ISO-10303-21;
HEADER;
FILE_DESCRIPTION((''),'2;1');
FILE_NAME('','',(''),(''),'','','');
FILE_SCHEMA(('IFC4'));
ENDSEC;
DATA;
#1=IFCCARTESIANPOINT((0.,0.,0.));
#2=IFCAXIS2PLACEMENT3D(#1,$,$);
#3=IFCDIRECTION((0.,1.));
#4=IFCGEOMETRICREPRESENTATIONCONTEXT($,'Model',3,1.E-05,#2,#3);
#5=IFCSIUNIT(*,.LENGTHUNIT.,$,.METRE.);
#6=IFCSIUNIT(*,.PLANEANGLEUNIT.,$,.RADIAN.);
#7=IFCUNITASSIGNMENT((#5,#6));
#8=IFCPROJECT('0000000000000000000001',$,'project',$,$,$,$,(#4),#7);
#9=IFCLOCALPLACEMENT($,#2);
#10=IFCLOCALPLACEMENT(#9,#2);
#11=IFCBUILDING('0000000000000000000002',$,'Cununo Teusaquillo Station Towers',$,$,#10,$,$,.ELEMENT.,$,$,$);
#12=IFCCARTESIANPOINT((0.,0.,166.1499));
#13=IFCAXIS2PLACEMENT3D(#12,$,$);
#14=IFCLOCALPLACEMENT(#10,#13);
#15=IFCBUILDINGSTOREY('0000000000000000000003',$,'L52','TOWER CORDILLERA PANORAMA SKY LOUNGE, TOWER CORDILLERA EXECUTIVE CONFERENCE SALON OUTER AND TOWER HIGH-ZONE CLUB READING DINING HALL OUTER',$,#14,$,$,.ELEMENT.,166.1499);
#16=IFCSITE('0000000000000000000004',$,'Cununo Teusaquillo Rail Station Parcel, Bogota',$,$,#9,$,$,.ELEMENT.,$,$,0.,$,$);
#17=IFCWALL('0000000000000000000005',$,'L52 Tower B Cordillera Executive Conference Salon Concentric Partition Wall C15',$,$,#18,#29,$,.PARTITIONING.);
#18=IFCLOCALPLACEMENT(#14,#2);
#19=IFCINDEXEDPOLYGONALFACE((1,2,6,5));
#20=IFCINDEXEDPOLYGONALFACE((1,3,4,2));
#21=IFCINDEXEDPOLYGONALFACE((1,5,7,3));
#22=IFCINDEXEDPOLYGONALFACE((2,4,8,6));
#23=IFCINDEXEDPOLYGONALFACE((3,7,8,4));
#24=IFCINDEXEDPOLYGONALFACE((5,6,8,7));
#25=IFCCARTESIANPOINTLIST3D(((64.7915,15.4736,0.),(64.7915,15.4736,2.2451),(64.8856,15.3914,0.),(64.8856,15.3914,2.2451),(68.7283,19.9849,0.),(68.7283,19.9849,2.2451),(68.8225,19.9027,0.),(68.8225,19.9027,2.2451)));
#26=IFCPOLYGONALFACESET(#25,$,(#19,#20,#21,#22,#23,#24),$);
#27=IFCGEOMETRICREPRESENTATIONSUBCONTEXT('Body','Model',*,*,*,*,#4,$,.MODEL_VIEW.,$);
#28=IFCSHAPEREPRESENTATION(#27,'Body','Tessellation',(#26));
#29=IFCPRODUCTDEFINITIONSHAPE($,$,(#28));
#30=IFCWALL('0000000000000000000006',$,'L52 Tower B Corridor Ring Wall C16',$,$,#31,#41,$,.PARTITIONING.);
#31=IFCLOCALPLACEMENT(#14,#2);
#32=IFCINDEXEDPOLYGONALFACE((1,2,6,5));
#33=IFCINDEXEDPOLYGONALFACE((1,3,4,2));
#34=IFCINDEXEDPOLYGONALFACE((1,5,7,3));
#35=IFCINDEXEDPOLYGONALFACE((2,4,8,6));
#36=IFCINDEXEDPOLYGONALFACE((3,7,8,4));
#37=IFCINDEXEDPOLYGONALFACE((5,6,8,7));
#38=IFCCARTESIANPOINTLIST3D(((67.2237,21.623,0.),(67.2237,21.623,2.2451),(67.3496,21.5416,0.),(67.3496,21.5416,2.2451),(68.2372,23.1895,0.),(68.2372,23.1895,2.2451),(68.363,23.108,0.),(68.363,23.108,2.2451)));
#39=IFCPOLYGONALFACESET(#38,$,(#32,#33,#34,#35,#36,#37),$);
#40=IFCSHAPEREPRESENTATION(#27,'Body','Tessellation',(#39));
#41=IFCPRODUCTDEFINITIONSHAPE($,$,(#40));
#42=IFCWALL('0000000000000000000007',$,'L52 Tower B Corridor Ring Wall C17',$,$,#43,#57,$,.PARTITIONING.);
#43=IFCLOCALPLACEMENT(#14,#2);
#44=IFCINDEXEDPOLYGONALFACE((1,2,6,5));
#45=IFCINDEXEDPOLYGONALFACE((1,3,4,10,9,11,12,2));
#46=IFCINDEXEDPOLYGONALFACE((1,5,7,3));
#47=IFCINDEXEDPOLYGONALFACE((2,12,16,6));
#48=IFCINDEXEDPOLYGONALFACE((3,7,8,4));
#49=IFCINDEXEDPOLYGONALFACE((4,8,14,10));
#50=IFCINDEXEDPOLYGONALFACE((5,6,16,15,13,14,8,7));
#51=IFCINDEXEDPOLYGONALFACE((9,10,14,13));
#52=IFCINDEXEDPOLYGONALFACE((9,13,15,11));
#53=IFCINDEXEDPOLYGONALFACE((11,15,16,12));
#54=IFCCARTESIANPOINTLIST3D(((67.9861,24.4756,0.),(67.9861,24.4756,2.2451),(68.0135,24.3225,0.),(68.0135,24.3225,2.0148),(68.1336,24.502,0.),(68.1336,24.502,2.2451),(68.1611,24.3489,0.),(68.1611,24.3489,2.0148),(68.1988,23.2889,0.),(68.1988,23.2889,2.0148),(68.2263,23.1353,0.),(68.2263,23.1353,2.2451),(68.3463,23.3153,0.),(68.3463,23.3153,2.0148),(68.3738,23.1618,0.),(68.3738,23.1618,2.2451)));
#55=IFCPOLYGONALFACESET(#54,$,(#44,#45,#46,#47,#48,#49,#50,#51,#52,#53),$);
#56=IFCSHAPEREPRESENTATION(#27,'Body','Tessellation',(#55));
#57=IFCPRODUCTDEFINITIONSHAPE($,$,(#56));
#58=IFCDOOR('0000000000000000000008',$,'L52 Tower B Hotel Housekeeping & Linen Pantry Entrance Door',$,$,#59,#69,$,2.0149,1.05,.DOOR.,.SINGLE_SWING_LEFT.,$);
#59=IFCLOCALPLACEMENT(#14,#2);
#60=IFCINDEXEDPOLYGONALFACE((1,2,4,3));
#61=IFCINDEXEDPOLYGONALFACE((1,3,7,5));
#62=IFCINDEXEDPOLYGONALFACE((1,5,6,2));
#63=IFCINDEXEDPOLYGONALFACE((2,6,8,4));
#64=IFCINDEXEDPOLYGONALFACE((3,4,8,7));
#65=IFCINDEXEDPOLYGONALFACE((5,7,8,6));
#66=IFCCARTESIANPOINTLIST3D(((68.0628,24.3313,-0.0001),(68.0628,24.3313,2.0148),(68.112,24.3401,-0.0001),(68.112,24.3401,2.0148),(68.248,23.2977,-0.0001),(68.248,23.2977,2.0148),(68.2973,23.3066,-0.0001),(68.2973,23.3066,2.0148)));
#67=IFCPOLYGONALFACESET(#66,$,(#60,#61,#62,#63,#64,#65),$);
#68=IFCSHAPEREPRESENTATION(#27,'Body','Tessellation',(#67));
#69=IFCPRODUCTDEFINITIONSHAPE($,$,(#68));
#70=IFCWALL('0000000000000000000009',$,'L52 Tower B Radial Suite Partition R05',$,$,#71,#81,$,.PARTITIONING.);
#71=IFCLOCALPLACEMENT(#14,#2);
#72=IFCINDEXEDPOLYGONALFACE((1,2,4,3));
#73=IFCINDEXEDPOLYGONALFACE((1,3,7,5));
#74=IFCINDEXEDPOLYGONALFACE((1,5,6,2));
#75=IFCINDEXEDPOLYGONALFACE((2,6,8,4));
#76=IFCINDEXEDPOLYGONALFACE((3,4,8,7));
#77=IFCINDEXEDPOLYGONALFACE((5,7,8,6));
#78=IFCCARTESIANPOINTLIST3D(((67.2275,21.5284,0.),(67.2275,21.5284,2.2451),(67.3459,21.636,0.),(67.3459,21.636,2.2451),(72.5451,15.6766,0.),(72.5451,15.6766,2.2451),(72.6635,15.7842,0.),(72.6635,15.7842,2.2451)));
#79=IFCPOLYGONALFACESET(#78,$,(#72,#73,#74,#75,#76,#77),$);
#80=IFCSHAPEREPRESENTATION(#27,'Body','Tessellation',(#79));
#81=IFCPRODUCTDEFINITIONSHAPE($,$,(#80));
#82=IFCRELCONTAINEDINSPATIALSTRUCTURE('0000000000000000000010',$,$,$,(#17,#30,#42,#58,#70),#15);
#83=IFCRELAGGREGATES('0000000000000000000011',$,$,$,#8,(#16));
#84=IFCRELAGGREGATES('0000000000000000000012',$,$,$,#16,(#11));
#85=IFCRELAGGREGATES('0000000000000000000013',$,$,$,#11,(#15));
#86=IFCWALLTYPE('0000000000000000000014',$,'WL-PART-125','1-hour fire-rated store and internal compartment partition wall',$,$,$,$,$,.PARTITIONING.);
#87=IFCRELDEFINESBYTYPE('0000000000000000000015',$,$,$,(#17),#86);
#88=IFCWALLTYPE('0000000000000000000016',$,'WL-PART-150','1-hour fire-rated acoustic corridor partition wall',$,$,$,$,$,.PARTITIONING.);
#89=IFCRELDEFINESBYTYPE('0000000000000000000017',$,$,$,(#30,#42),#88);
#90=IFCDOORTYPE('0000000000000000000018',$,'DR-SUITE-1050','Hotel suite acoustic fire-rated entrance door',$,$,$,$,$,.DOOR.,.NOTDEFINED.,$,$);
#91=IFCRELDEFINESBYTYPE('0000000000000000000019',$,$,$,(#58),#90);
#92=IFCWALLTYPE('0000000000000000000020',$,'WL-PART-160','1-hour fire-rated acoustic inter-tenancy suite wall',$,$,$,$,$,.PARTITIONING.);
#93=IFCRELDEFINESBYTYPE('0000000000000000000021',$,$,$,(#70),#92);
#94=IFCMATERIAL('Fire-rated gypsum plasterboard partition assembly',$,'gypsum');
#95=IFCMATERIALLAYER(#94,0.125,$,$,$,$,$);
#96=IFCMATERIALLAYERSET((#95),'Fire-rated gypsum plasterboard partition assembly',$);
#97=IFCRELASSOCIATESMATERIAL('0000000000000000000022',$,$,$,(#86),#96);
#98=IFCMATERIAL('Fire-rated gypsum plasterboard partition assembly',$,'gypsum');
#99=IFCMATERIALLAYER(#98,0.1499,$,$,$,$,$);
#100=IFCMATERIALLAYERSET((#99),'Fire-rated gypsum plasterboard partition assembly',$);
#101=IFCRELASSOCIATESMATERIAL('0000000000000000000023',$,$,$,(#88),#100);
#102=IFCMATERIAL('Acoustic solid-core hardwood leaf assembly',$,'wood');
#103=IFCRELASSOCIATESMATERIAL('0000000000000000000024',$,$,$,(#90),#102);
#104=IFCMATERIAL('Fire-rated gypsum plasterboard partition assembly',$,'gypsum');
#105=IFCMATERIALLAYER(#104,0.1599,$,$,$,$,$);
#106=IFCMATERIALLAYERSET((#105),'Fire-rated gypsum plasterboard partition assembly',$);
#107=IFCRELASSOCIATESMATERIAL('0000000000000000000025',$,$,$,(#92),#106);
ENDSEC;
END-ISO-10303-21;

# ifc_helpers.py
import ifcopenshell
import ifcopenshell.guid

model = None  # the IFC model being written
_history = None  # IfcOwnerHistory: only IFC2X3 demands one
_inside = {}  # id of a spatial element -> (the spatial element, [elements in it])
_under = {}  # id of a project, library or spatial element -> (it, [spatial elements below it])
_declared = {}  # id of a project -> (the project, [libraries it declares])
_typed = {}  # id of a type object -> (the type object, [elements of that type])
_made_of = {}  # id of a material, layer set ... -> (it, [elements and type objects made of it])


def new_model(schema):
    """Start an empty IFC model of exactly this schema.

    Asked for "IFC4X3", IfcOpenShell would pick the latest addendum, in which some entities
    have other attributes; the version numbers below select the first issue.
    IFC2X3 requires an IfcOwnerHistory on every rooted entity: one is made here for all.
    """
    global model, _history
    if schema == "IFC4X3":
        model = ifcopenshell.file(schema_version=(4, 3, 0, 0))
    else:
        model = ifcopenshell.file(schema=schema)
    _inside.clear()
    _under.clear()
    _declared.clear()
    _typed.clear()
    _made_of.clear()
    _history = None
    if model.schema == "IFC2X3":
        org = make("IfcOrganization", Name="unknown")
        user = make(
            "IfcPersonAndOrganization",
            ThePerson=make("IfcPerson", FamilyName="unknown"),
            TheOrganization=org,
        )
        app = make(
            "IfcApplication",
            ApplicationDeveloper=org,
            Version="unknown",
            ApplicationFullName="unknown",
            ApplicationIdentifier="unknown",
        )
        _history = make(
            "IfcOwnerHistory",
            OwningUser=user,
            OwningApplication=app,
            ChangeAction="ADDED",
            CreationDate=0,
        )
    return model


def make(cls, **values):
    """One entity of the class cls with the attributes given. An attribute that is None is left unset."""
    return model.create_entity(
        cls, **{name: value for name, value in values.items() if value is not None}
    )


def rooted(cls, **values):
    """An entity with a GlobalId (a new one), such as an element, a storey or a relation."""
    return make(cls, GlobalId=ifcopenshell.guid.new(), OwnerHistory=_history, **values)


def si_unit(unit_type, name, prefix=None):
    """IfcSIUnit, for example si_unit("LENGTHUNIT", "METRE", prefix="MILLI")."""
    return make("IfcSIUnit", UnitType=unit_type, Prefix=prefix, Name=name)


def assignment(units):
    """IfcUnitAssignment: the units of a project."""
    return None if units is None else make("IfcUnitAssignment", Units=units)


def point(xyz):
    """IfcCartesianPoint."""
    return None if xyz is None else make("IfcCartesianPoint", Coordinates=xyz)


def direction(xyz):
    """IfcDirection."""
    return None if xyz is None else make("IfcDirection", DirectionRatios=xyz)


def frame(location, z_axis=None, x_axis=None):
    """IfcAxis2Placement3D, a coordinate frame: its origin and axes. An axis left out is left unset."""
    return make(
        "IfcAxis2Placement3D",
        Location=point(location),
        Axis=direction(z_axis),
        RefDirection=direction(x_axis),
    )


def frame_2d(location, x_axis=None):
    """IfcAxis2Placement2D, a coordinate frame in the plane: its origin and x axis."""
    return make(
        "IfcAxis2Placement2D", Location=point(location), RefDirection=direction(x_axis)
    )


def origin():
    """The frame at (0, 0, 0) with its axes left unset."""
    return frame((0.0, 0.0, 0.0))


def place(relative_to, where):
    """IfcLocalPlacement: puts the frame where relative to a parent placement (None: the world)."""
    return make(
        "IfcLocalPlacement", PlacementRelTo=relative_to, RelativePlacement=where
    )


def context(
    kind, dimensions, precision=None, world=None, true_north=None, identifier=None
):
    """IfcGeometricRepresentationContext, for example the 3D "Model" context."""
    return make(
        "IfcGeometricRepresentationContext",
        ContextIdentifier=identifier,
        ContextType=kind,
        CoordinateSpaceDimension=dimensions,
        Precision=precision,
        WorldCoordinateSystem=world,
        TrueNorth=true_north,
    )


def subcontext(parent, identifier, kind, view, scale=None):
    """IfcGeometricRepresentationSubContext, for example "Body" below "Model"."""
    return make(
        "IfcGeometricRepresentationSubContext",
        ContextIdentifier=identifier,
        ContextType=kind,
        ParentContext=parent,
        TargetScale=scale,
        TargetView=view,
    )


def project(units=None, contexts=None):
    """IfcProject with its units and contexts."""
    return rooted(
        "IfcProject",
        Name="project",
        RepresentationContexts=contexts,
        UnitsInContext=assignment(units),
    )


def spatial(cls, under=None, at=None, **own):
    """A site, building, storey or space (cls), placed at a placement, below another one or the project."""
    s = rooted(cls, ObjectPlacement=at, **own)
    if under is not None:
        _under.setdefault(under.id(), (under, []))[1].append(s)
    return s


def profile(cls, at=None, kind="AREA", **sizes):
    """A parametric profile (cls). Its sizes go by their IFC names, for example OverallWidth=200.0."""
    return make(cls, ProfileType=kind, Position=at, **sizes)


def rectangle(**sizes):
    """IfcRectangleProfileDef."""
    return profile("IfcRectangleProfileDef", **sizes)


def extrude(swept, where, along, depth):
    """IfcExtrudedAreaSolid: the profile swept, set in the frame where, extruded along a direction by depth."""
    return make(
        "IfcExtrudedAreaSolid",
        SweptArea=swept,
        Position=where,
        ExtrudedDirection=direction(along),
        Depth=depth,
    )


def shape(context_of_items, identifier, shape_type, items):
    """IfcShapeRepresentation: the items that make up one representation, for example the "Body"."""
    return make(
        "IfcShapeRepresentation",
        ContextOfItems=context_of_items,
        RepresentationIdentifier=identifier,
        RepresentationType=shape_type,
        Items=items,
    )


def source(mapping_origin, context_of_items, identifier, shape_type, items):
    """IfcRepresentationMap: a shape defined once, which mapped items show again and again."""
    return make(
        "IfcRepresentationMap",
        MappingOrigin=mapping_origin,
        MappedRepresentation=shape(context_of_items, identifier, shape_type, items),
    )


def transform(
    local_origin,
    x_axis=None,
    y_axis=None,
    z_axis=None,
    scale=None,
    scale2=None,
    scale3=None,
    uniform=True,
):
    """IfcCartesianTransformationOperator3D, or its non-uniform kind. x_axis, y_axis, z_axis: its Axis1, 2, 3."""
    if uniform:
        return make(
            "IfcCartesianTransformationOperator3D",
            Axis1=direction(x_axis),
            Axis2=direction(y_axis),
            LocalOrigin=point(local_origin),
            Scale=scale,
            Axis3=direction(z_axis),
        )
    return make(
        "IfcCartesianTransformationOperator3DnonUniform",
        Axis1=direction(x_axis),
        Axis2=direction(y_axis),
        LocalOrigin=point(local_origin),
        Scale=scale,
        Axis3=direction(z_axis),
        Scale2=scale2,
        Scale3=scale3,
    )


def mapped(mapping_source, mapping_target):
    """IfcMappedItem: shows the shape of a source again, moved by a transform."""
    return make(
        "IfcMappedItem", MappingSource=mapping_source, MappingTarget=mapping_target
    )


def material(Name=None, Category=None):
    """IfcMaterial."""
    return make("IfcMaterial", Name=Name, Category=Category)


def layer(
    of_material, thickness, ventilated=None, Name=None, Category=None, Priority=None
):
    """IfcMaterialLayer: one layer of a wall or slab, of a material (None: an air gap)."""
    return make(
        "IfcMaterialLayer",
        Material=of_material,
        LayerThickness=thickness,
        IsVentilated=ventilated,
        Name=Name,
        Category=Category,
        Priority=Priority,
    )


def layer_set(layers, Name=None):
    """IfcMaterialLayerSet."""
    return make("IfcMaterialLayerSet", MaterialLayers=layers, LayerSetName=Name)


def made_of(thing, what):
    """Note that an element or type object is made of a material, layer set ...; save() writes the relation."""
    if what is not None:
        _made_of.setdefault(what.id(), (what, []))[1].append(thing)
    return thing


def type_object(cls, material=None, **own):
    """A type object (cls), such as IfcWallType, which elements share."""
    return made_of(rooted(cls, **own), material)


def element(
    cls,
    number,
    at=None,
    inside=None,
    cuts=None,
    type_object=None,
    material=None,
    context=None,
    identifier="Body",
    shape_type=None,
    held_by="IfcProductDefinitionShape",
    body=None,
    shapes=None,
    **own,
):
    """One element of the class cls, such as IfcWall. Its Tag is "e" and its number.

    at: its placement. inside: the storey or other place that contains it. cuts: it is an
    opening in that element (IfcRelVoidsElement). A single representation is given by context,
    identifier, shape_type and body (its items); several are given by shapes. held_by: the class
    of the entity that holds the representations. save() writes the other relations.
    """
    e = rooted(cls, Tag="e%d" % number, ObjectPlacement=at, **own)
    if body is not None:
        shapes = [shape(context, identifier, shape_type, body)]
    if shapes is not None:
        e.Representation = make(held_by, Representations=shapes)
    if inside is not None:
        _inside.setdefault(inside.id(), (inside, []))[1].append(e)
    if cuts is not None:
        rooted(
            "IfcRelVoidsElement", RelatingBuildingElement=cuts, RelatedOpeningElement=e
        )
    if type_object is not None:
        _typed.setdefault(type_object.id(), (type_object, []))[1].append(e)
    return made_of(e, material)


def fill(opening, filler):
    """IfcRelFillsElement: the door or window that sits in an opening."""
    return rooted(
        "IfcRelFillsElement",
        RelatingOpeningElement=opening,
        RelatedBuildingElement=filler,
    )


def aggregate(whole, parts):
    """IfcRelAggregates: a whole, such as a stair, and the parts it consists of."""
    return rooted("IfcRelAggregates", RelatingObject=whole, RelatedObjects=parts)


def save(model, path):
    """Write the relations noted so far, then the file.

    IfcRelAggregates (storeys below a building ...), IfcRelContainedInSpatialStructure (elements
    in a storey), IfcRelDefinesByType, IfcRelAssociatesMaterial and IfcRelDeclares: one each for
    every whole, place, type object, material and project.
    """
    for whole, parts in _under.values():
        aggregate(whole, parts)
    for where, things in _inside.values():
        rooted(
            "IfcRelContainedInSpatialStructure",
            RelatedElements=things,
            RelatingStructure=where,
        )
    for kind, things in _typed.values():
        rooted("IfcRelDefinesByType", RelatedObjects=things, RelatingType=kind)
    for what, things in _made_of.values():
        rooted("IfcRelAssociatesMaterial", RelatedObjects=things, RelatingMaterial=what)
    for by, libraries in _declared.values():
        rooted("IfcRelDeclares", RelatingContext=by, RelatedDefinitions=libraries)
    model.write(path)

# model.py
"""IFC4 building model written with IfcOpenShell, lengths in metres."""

from ifc_helpers import new_model, si_unit, direction, frame, frame_2d, origin, place, context, subcontext, project, spatial, rectangle, extrude, source, transform, mapped, material, layer, layer_set, type_object, element, fill, save


model = new_model("IFC4")

# Units and contexts
model_context = context("Model", 3, precision=1e-05, world=origin(), true_north=direction((0.0, 1.0)))
body_context = subcontext(model_context, "Body", "Model", "MODEL_VIEW")
ifc_project = project(units=[si_unit("LENGTHUNIT", "METRE"), si_unit("PLANEANGLEUNIT", "RADIAN")], contexts=[model_context])

# Site, building, storey
site_placement = place(None, origin())
site = spatial("IfcSite", under=ifc_project, at=site_placement, Name="Cununo Teusaquillo Rail Station Parcel, Bogota", CompositionType="ELEMENT", RefElevation=0.0)
building_placement = place(site_placement, origin())
building = spatial("IfcBuilding", under=site, at=building_placement, Name="Cununo Teusaquillo Station Towers", CompositionType="ELEMENT")
storey_placement = place(building_placement, frame((0.0, 0.0, 166.1499)))
storey = spatial("IfcBuildingStorey", under=building, at=storey_placement, Name="L52", Description="TOWER CORDILLERA PANORAMA SKY LOUNGE, TOWER CORDILLERA EXECUTIVE CONFERENCE SALON OUTER AND TOWER HIGH-ZONE CLUB READING DINING HALL OUTER", CompositionType="ELEMENT", Elevation=166.1499)

# Walls
ifc_material_1 = material(Name="Fire-rated gypsum plasterboard partition assembly", Category="gypsum")
ifc_layer_1 = layer(ifc_material_1, 0.125)
ifc_layer_set_1 = layer_set([ifc_layer_1], Name="Fire-rated gypsum plasterboard partition assembly")
wall_type_1 = type_object("IfcWallType", Name="WL-PART-125", Description="1-hour fire-rated store and internal compartment partition wall", PredefinedType="PARTITIONING", material=ifc_layer_set_1)
wall_1_placement = place(storey_placement, frame((64.8386, 15.4326, 0.0), z_axis=(0.0, 0.0, 1.0), x_axis=(0.657505, 0.75345, 0.0)))
element("IfcWall", 1, at=wall_1_placement, inside=storey, type_object=wall_type_1, Name="L52 Tower B Cordillera Executive Conference Salon Concentric Partition Wall C15", PredefinedType="PARTITIONING", context=body_context, shape_type="SweptSolid", body=[
    extrude(rectangle(XDim=5.9875, YDim=0.125, at=frame_2d((2.9937, 0.0))), origin(), (0.0, 0.0, 1.0), 2.2451),
])
ifc_material_2 = material(Name="Fire-rated gypsum plasterboard partition assembly", Category="gypsum")
ifc_layer_2 = layer(ifc_material_2, 0.1499)
ifc_layer_set_2 = layer_set([ifc_layer_2], Name="Fire-rated gypsum plasterboard partition assembly")
wall_type_2 = type_object("IfcWallType", Name="WL-PART-150", Description="1-hour fire-rated acoustic corridor partition wall", PredefinedType="PARTITIONING", material=ifc_layer_set_2)
wall_2_placement = place(storey_placement, frame((67.2866, 21.5823, 0.0), z_axis=(0.0, 0.0, 1.0), x_axis=(0.543202, 0.839602, 0.0)))
element("IfcWall", 2, at=wall_2_placement, inside=storey, type_object=wall_type_2, Name="L52 Tower B Corridor Ring Wall C16", PredefinedType="PARTITIONING", context=body_context, shape_type="SweptSolid", body=[
    extrude(rectangle(XDim=1.8657, YDim=0.1499, at=frame_2d((0.9329, 0.0))), origin(), (0.0, 0.0, 1.0), 2.2451),
])

# Wall, opening, door
wall_3_placement = place(storey_placement, frame((68.3, 23.1487, 0.0), z_axis=(0.0, 0.0, 1.0), x_axis=(-0.176424, 0.984314, 0.0)))
wall_3 = element("IfcWall", 3, at=wall_3_placement, inside=storey, type_object=wall_type_2, Name="L52 Tower B Corridor Ring Wall C17", PredefinedType="PARTITIONING", context=body_context, shape_type="SweptSolid", body=[
    extrude(rectangle(XDim=1.3616, YDim=0.1499, at=frame_2d((0.6807, 0.0))), origin(), (0.0, 0.0, 1.0), 2.2451),
])
shared_shape_1 = source(origin(), body_context, "Body", "SweptSolid", [
    extrude(rectangle(XDim=1.05, YDim=2.0149, at=frame_2d((0.5249, 1.0073))), frame((0.0, 0.085, 0.0), z_axis=(0.0, -1.0, 0.0), x_axis=(1.0, 0.0, 0.0)), (0.0, 0.0, 1.0), 0.1699),
])
opening_1_placement = place(wall_3_placement, frame((0.156, 0.0, 0.0)))
opening_1 = element("IfcOpeningElement", 4, at=opening_1_placement, cuts=wall_3, PredefinedType="OPENING", context=body_context, shape_type="MappedRepresentation", body=[
    mapped(shared_shape_1, transform((0.0, 0.0, 0.0), x_axis=(1.0, 0.0, 0.0), y_axis=(0.0, 1.0, 0.0), z_axis=(0.0, 0.0, 1.0), scale=1.0)),
])
ifc_material_3 = material(Name="Acoustic solid-core hardwood leaf assembly", Category="wood")
door_type = type_object("IfcDoorType", Name="DR-SUITE-1050", Description="Hotel suite acoustic fire-rated entrance door", OperationType="NOTDEFINED", PredefinedType="DOOR", material=ifc_material_3)
shared_shape_2 = source(origin(), body_context, "Body", "SweptSolid", [
    extrude(rectangle(XDim=1.05, YDim=2.0149, at=frame_2d((0.5249, 1.0073))), frame((0.0, 0.0249, 0.0), z_axis=(0.0, -1.0, 0.0), x_axis=(1.0, 0.0, 0.0)), (0.0, 0.0, 1.0), 0.05),
])
door_placement = place(opening_1_placement, origin())
door = element("IfcDoor", 5, at=door_placement, inside=storey, type_object=door_type, Name="L52 Tower B Hotel Housekeeping & Linen Pantry Entrance Door", OperationType="SINGLE_SWING_LEFT", OverallHeight=2.0149, OverallWidth=1.05, PredefinedType="DOOR", context=body_context, shape_type="MappedRepresentation", body=[
    mapped(shared_shape_2, transform((0.0, 0.0, 0.0), x_axis=(1.0, 0.0, 0.0), y_axis=(0.0, 1.0, 0.0), z_axis=(0.0, 0.0, 1.0), scale=1.0)),
])
fill(opening_1, door)

# Wall
ifc_material_4 = material(Name="Fire-rated gypsum plasterboard partition assembly", Category="gypsum")
ifc_layer_3 = layer(ifc_material_4, 0.1599)
ifc_layer_set_3 = layer_set([ifc_layer_3], Name="Fire-rated gypsum plasterboard partition assembly")
wall_type_3 = type_object("IfcWallType", Name="WL-PART-160", Description="1-hour fire-rated acoustic inter-tenancy suite wall", PredefinedType="PARTITIONING", material=ifc_layer_set_3)
wall_4_placement = place(storey_placement, frame((67.2866, 21.5823, 0.0), z_axis=(0.0, 0.0, 1.0), x_axis=(0.672521, -0.740078, 0.0)))
element("IfcWall", 6, at=wall_4_placement, inside=storey, type_object=wall_type_3, Name="L52 Tower B Radial Suite Partition R05", PredefinedType="PARTITIONING", context=body_context, shape_type="SweptSolid", body=[
    extrude(rectangle(XDim=7.907, YDim=0.1599, at=frame_2d((3.9536, 0.0))), origin(), (0.0, 0.0, 1.0), 2.2451),
])

save(model, "model.ifc")
